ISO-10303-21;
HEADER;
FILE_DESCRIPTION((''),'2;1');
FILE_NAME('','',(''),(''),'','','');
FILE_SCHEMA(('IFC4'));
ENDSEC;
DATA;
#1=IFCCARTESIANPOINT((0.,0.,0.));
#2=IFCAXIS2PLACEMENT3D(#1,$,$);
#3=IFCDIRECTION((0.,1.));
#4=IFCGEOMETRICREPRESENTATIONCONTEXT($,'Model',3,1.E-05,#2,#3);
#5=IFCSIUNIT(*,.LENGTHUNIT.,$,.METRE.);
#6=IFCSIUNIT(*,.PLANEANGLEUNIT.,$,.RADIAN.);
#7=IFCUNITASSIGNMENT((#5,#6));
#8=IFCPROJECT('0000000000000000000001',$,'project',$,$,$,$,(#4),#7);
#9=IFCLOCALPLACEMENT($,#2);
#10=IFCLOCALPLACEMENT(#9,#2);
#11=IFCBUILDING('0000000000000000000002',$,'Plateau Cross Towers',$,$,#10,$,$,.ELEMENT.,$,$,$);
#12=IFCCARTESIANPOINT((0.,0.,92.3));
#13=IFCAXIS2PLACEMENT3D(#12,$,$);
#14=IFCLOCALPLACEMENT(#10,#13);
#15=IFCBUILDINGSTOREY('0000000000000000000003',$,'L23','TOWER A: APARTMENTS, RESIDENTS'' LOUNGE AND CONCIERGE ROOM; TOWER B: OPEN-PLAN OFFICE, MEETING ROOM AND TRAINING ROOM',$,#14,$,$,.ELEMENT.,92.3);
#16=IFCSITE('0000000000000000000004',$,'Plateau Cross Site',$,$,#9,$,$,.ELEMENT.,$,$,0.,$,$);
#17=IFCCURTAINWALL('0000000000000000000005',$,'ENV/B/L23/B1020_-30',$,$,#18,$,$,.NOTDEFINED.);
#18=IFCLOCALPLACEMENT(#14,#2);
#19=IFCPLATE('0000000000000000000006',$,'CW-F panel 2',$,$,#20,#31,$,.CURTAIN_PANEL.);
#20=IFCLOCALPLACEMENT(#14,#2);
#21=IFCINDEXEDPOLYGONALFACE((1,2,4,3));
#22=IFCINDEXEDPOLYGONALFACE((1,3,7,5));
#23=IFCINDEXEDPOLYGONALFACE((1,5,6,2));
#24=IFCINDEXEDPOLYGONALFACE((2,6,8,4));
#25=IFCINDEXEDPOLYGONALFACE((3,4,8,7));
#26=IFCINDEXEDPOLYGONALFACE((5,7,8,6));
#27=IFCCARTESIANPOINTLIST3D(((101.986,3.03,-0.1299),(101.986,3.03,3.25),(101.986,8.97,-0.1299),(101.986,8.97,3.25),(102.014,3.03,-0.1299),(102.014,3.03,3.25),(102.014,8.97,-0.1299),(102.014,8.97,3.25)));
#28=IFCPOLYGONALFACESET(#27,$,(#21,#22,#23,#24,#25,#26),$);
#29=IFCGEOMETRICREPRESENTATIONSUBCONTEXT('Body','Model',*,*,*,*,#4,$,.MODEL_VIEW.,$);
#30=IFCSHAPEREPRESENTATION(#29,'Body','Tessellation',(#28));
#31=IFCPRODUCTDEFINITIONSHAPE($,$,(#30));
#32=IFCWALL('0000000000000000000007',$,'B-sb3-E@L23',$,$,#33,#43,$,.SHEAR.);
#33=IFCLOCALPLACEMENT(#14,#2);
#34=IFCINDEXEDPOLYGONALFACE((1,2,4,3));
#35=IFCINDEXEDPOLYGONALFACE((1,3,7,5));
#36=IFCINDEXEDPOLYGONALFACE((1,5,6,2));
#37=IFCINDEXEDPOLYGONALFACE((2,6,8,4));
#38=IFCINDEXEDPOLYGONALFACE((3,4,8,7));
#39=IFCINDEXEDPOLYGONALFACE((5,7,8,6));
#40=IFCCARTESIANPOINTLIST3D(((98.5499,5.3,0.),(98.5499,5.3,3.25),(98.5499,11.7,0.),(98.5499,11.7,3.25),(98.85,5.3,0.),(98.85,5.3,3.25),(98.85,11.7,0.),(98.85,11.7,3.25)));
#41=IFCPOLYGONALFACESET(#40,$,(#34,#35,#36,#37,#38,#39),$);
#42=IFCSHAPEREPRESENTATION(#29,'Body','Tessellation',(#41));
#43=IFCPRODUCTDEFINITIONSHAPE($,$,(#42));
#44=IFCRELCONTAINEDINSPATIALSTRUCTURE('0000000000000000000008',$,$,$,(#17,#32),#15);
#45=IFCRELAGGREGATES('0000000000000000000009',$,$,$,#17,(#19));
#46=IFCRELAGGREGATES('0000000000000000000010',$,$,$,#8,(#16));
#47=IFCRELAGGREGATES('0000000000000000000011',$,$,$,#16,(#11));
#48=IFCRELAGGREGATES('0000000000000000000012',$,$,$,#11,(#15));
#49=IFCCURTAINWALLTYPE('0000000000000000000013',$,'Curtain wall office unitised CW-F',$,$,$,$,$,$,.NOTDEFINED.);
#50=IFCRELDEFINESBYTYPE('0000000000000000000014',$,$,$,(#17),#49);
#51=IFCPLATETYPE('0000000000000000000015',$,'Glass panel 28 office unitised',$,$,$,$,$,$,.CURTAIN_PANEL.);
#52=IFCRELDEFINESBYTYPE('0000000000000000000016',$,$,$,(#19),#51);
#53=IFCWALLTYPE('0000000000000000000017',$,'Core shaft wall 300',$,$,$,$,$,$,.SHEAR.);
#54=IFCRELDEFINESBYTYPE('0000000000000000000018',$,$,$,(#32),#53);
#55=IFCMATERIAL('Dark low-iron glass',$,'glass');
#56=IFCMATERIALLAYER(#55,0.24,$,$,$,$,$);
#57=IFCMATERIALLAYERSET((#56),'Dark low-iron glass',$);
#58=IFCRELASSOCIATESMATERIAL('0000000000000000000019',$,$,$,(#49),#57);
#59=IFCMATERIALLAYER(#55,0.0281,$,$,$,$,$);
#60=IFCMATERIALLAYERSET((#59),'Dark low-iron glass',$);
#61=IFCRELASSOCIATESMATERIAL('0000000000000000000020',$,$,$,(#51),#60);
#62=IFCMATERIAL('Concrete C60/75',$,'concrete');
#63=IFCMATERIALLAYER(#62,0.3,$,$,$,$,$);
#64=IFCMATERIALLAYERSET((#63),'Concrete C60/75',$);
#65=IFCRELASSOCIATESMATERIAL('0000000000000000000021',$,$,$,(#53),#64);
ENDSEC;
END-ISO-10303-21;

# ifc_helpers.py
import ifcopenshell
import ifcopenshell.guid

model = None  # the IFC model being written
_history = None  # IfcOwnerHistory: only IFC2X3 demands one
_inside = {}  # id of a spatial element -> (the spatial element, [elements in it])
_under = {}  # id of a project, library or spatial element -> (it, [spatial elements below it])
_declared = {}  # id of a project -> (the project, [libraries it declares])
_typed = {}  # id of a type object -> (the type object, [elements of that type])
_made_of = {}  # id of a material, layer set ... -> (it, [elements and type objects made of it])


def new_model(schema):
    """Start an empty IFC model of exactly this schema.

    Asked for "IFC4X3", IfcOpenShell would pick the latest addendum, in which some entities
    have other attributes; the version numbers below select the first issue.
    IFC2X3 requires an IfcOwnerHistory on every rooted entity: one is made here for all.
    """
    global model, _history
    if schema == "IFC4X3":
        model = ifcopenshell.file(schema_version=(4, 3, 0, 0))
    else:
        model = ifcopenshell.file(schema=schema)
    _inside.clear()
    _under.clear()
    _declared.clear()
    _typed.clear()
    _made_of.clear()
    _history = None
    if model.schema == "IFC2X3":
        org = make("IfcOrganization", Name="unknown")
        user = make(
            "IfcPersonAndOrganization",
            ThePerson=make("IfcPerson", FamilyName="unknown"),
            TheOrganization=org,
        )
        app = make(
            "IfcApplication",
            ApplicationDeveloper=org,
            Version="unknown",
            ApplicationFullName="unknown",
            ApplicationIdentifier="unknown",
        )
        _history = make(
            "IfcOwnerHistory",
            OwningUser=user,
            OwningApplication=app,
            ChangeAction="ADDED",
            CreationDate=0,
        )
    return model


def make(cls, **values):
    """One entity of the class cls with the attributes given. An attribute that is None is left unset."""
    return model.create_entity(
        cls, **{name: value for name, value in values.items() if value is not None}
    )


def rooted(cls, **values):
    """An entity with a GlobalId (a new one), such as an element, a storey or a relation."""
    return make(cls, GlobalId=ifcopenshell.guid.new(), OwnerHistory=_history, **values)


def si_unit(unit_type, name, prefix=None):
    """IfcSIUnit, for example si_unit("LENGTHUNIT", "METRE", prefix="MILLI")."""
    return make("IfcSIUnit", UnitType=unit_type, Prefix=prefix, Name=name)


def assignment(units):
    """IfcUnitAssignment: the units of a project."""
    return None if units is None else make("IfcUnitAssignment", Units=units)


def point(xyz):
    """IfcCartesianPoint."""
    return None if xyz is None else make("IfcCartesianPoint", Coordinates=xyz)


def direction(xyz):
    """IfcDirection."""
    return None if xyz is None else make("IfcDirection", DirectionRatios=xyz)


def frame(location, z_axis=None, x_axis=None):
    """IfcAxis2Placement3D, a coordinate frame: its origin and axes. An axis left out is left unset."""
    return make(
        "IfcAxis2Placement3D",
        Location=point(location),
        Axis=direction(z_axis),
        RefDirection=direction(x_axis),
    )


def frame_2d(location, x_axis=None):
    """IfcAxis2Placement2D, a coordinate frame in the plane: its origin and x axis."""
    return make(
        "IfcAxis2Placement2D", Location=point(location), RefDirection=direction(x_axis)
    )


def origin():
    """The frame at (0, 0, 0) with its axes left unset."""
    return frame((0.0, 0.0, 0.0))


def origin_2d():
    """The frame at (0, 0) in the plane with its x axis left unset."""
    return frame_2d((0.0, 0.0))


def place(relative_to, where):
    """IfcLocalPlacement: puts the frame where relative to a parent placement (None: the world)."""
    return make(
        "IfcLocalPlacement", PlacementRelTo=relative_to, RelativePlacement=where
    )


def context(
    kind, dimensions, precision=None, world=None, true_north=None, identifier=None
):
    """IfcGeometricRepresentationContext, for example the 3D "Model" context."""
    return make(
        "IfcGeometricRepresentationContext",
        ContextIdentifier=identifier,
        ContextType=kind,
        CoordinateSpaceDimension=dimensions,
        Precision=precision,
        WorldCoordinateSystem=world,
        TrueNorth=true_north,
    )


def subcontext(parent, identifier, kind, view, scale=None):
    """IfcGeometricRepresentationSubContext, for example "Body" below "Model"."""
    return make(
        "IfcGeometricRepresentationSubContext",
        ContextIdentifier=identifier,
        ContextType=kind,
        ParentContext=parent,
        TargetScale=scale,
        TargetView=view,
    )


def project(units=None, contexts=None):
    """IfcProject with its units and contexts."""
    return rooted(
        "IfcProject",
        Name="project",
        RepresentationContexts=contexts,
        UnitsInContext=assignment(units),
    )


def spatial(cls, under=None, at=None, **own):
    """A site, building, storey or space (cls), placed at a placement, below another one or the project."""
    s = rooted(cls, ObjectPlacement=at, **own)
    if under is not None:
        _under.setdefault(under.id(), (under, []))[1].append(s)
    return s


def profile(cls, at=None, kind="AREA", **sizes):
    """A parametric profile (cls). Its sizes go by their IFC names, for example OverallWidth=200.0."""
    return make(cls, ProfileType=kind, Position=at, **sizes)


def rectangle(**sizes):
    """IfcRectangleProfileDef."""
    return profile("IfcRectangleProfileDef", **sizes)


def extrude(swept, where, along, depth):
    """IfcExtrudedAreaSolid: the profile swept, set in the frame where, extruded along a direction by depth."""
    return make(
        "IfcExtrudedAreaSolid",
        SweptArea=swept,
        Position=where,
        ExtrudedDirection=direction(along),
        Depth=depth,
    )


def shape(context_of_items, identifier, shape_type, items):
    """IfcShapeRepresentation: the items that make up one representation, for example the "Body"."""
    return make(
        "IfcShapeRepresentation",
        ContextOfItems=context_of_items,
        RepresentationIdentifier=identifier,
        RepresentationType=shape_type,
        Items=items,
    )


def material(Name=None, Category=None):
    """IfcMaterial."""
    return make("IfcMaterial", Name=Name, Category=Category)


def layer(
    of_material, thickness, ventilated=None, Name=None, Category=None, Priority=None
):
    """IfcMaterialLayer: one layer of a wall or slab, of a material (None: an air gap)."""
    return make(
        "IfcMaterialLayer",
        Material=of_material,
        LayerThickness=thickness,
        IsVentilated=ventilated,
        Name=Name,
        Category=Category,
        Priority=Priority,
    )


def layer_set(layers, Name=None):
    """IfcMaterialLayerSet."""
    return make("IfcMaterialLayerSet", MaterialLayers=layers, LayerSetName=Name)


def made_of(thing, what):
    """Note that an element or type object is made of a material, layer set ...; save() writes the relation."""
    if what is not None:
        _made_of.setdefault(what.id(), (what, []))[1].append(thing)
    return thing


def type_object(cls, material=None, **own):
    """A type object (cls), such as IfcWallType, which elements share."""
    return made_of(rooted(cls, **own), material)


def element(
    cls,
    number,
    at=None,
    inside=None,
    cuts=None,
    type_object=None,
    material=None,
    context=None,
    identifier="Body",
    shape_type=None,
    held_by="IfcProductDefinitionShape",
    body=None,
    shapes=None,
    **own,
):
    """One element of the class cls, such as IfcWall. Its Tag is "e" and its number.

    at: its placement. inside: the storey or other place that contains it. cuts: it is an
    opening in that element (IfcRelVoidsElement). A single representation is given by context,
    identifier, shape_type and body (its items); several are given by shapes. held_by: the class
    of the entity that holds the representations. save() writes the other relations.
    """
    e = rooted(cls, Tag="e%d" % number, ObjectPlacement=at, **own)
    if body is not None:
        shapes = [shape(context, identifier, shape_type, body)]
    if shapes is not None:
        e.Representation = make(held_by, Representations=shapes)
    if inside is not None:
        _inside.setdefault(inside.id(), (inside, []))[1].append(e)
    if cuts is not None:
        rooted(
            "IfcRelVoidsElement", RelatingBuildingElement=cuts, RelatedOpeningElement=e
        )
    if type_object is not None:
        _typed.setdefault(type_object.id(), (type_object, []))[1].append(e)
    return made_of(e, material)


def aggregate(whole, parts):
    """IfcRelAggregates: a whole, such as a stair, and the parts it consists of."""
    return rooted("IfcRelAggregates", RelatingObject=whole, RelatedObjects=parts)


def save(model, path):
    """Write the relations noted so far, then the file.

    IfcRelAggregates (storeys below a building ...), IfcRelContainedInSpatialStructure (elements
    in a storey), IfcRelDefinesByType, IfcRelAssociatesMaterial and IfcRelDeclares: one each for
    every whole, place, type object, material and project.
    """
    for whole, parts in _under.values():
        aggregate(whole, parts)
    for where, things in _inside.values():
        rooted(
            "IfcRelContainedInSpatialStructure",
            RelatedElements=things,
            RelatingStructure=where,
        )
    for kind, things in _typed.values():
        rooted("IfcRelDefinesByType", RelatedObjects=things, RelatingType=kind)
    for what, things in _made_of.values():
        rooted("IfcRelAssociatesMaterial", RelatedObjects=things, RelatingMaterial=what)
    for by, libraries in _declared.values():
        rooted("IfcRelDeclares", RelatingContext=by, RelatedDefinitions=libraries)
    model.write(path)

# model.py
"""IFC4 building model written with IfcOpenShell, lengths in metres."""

from ifc_helpers import new_model, si_unit, direction, frame, frame_2d, origin, origin_2d, place, context, subcontext, project, spatial, rectangle, extrude, material, layer, layer_set, type_object, element, aggregate, save


model = new_model("IFC4")

# Units and contexts
model_context = context("Model", 3, precision=1e-05, world=origin(), true_north=direction((0.0, 1.0)))
body_context = subcontext(model_context, "Body", "Model", "MODEL_VIEW")
ifc_project = project(units=[si_unit("LENGTHUNIT", "METRE"), si_unit("PLANEANGLEUNIT", "RADIAN")], contexts=[model_context])

# Site, building, storey
site_placement = place(None, origin())
site = spatial("IfcSite", under=ifc_project, at=site_placement, Name="Plateau Cross Site", CompositionType="ELEMENT", RefElevation=0.0)
building_placement = place(site_placement, origin())
building = spatial("IfcBuilding", under=site, at=building_placement, Name="Plateau Cross Towers", CompositionType="ELEMENT")
storey_placement = place(building_placement, frame((0.0, 0.0, 92.3)))
storey = spatial("IfcBuildingStorey", under=building, at=storey_placement, Name="L23", Description="TOWER A: APARTMENTS, RESIDENTS' LOUNGE AND CONCIERGE ROOM; TOWER B: OPEN-PLAN OFFICE, MEETING ROOM AND TRAINING ROOM", CompositionType="ELEMENT", Elevation=92.3)

# Shared definitions
ifc_material_1 = material(Name="Concrete C60/75", Category="concrete")

# Shared definitions
ifc_material_2 = material(Name="Dark low-iron glass", Category="glass")
ifc_layer_1 = layer(ifc_material_2, 0.24)
ifc_layer_set_1 = layer_set([ifc_layer_1], Name="Dark low-iron glass")
curtain_wall_type = type_object("IfcCurtainWallType", Name="Curtain wall office unitised CW-F", PredefinedType="NOTDEFINED", material=ifc_layer_set_1)

# Curtain wall
curtain_wall_1_placement = place(storey_placement, origin())
curtain_wall_1 = element("IfcCurtainWall", 1, at=curtain_wall_1_placement, inside=storey, type_object=curtain_wall_type, Name="ENV/B/L23/B1020_-30", PredefinedType="NOTDEFINED")

# Plate
ifc_layer_2 = layer(ifc_material_2, 0.0281)
ifc_layer_set_2 = layer_set([ifc_layer_2], Name="Dark low-iron glass")
plate_type = type_object("IfcPlateType", Name="Glass panel 28 office unitised", PredefinedType="CURTAIN_PANEL", material=ifc_layer_set_2)
plate_1_placement = place(storey_placement, frame((102.0, 6.0, -0.1299), z_axis=(0.0, 0.0, 1.0), x_axis=(0.0, 1.0, 0.0)))
plate_1 = element("IfcPlate", 2, at=plate_1_placement, type_object=plate_type, Name="CW-F panel 2", PredefinedType="CURTAIN_PANEL", context=body_context, shape_type="SweptSolid", body=[
    extrude(rectangle(XDim=5.9399, YDim=0.0281, at=origin_2d()), origin(), (0.0, 0.0, 1.0), 3.3799),
])
aggregate(curtain_wall_1, [plate_1])

# Wall
ifc_layer_3 = layer(ifc_material_1, 0.3)
ifc_layer_set_3 = layer_set([ifc_layer_3], Name="Concrete C60/75")
wall_type = type_object("IfcWallType", Name="Core shaft wall 300", PredefinedType="SHEAR", material=ifc_layer_set_3)
wall_placement = place(storey_placement, frame((98.7, 5.3, 0.0), z_axis=(0.0, 0.0, 1.0), x_axis=(0.0, 1.0, 0.0)))
element("IfcWall", 3, at=wall_placement, inside=storey, type_object=wall_type, Name="B-sb3-E@L23", PredefinedType="SHEAR", context=body_context, shape_type="SweptSolid", body=[
    extrude(rectangle(XDim=6.3999, YDim=0.3, at=frame_2d((3.2, 0.0))), origin(), (0.0, 0.0, 1.0), 3.25),
])

save(model, "model.ifc")
